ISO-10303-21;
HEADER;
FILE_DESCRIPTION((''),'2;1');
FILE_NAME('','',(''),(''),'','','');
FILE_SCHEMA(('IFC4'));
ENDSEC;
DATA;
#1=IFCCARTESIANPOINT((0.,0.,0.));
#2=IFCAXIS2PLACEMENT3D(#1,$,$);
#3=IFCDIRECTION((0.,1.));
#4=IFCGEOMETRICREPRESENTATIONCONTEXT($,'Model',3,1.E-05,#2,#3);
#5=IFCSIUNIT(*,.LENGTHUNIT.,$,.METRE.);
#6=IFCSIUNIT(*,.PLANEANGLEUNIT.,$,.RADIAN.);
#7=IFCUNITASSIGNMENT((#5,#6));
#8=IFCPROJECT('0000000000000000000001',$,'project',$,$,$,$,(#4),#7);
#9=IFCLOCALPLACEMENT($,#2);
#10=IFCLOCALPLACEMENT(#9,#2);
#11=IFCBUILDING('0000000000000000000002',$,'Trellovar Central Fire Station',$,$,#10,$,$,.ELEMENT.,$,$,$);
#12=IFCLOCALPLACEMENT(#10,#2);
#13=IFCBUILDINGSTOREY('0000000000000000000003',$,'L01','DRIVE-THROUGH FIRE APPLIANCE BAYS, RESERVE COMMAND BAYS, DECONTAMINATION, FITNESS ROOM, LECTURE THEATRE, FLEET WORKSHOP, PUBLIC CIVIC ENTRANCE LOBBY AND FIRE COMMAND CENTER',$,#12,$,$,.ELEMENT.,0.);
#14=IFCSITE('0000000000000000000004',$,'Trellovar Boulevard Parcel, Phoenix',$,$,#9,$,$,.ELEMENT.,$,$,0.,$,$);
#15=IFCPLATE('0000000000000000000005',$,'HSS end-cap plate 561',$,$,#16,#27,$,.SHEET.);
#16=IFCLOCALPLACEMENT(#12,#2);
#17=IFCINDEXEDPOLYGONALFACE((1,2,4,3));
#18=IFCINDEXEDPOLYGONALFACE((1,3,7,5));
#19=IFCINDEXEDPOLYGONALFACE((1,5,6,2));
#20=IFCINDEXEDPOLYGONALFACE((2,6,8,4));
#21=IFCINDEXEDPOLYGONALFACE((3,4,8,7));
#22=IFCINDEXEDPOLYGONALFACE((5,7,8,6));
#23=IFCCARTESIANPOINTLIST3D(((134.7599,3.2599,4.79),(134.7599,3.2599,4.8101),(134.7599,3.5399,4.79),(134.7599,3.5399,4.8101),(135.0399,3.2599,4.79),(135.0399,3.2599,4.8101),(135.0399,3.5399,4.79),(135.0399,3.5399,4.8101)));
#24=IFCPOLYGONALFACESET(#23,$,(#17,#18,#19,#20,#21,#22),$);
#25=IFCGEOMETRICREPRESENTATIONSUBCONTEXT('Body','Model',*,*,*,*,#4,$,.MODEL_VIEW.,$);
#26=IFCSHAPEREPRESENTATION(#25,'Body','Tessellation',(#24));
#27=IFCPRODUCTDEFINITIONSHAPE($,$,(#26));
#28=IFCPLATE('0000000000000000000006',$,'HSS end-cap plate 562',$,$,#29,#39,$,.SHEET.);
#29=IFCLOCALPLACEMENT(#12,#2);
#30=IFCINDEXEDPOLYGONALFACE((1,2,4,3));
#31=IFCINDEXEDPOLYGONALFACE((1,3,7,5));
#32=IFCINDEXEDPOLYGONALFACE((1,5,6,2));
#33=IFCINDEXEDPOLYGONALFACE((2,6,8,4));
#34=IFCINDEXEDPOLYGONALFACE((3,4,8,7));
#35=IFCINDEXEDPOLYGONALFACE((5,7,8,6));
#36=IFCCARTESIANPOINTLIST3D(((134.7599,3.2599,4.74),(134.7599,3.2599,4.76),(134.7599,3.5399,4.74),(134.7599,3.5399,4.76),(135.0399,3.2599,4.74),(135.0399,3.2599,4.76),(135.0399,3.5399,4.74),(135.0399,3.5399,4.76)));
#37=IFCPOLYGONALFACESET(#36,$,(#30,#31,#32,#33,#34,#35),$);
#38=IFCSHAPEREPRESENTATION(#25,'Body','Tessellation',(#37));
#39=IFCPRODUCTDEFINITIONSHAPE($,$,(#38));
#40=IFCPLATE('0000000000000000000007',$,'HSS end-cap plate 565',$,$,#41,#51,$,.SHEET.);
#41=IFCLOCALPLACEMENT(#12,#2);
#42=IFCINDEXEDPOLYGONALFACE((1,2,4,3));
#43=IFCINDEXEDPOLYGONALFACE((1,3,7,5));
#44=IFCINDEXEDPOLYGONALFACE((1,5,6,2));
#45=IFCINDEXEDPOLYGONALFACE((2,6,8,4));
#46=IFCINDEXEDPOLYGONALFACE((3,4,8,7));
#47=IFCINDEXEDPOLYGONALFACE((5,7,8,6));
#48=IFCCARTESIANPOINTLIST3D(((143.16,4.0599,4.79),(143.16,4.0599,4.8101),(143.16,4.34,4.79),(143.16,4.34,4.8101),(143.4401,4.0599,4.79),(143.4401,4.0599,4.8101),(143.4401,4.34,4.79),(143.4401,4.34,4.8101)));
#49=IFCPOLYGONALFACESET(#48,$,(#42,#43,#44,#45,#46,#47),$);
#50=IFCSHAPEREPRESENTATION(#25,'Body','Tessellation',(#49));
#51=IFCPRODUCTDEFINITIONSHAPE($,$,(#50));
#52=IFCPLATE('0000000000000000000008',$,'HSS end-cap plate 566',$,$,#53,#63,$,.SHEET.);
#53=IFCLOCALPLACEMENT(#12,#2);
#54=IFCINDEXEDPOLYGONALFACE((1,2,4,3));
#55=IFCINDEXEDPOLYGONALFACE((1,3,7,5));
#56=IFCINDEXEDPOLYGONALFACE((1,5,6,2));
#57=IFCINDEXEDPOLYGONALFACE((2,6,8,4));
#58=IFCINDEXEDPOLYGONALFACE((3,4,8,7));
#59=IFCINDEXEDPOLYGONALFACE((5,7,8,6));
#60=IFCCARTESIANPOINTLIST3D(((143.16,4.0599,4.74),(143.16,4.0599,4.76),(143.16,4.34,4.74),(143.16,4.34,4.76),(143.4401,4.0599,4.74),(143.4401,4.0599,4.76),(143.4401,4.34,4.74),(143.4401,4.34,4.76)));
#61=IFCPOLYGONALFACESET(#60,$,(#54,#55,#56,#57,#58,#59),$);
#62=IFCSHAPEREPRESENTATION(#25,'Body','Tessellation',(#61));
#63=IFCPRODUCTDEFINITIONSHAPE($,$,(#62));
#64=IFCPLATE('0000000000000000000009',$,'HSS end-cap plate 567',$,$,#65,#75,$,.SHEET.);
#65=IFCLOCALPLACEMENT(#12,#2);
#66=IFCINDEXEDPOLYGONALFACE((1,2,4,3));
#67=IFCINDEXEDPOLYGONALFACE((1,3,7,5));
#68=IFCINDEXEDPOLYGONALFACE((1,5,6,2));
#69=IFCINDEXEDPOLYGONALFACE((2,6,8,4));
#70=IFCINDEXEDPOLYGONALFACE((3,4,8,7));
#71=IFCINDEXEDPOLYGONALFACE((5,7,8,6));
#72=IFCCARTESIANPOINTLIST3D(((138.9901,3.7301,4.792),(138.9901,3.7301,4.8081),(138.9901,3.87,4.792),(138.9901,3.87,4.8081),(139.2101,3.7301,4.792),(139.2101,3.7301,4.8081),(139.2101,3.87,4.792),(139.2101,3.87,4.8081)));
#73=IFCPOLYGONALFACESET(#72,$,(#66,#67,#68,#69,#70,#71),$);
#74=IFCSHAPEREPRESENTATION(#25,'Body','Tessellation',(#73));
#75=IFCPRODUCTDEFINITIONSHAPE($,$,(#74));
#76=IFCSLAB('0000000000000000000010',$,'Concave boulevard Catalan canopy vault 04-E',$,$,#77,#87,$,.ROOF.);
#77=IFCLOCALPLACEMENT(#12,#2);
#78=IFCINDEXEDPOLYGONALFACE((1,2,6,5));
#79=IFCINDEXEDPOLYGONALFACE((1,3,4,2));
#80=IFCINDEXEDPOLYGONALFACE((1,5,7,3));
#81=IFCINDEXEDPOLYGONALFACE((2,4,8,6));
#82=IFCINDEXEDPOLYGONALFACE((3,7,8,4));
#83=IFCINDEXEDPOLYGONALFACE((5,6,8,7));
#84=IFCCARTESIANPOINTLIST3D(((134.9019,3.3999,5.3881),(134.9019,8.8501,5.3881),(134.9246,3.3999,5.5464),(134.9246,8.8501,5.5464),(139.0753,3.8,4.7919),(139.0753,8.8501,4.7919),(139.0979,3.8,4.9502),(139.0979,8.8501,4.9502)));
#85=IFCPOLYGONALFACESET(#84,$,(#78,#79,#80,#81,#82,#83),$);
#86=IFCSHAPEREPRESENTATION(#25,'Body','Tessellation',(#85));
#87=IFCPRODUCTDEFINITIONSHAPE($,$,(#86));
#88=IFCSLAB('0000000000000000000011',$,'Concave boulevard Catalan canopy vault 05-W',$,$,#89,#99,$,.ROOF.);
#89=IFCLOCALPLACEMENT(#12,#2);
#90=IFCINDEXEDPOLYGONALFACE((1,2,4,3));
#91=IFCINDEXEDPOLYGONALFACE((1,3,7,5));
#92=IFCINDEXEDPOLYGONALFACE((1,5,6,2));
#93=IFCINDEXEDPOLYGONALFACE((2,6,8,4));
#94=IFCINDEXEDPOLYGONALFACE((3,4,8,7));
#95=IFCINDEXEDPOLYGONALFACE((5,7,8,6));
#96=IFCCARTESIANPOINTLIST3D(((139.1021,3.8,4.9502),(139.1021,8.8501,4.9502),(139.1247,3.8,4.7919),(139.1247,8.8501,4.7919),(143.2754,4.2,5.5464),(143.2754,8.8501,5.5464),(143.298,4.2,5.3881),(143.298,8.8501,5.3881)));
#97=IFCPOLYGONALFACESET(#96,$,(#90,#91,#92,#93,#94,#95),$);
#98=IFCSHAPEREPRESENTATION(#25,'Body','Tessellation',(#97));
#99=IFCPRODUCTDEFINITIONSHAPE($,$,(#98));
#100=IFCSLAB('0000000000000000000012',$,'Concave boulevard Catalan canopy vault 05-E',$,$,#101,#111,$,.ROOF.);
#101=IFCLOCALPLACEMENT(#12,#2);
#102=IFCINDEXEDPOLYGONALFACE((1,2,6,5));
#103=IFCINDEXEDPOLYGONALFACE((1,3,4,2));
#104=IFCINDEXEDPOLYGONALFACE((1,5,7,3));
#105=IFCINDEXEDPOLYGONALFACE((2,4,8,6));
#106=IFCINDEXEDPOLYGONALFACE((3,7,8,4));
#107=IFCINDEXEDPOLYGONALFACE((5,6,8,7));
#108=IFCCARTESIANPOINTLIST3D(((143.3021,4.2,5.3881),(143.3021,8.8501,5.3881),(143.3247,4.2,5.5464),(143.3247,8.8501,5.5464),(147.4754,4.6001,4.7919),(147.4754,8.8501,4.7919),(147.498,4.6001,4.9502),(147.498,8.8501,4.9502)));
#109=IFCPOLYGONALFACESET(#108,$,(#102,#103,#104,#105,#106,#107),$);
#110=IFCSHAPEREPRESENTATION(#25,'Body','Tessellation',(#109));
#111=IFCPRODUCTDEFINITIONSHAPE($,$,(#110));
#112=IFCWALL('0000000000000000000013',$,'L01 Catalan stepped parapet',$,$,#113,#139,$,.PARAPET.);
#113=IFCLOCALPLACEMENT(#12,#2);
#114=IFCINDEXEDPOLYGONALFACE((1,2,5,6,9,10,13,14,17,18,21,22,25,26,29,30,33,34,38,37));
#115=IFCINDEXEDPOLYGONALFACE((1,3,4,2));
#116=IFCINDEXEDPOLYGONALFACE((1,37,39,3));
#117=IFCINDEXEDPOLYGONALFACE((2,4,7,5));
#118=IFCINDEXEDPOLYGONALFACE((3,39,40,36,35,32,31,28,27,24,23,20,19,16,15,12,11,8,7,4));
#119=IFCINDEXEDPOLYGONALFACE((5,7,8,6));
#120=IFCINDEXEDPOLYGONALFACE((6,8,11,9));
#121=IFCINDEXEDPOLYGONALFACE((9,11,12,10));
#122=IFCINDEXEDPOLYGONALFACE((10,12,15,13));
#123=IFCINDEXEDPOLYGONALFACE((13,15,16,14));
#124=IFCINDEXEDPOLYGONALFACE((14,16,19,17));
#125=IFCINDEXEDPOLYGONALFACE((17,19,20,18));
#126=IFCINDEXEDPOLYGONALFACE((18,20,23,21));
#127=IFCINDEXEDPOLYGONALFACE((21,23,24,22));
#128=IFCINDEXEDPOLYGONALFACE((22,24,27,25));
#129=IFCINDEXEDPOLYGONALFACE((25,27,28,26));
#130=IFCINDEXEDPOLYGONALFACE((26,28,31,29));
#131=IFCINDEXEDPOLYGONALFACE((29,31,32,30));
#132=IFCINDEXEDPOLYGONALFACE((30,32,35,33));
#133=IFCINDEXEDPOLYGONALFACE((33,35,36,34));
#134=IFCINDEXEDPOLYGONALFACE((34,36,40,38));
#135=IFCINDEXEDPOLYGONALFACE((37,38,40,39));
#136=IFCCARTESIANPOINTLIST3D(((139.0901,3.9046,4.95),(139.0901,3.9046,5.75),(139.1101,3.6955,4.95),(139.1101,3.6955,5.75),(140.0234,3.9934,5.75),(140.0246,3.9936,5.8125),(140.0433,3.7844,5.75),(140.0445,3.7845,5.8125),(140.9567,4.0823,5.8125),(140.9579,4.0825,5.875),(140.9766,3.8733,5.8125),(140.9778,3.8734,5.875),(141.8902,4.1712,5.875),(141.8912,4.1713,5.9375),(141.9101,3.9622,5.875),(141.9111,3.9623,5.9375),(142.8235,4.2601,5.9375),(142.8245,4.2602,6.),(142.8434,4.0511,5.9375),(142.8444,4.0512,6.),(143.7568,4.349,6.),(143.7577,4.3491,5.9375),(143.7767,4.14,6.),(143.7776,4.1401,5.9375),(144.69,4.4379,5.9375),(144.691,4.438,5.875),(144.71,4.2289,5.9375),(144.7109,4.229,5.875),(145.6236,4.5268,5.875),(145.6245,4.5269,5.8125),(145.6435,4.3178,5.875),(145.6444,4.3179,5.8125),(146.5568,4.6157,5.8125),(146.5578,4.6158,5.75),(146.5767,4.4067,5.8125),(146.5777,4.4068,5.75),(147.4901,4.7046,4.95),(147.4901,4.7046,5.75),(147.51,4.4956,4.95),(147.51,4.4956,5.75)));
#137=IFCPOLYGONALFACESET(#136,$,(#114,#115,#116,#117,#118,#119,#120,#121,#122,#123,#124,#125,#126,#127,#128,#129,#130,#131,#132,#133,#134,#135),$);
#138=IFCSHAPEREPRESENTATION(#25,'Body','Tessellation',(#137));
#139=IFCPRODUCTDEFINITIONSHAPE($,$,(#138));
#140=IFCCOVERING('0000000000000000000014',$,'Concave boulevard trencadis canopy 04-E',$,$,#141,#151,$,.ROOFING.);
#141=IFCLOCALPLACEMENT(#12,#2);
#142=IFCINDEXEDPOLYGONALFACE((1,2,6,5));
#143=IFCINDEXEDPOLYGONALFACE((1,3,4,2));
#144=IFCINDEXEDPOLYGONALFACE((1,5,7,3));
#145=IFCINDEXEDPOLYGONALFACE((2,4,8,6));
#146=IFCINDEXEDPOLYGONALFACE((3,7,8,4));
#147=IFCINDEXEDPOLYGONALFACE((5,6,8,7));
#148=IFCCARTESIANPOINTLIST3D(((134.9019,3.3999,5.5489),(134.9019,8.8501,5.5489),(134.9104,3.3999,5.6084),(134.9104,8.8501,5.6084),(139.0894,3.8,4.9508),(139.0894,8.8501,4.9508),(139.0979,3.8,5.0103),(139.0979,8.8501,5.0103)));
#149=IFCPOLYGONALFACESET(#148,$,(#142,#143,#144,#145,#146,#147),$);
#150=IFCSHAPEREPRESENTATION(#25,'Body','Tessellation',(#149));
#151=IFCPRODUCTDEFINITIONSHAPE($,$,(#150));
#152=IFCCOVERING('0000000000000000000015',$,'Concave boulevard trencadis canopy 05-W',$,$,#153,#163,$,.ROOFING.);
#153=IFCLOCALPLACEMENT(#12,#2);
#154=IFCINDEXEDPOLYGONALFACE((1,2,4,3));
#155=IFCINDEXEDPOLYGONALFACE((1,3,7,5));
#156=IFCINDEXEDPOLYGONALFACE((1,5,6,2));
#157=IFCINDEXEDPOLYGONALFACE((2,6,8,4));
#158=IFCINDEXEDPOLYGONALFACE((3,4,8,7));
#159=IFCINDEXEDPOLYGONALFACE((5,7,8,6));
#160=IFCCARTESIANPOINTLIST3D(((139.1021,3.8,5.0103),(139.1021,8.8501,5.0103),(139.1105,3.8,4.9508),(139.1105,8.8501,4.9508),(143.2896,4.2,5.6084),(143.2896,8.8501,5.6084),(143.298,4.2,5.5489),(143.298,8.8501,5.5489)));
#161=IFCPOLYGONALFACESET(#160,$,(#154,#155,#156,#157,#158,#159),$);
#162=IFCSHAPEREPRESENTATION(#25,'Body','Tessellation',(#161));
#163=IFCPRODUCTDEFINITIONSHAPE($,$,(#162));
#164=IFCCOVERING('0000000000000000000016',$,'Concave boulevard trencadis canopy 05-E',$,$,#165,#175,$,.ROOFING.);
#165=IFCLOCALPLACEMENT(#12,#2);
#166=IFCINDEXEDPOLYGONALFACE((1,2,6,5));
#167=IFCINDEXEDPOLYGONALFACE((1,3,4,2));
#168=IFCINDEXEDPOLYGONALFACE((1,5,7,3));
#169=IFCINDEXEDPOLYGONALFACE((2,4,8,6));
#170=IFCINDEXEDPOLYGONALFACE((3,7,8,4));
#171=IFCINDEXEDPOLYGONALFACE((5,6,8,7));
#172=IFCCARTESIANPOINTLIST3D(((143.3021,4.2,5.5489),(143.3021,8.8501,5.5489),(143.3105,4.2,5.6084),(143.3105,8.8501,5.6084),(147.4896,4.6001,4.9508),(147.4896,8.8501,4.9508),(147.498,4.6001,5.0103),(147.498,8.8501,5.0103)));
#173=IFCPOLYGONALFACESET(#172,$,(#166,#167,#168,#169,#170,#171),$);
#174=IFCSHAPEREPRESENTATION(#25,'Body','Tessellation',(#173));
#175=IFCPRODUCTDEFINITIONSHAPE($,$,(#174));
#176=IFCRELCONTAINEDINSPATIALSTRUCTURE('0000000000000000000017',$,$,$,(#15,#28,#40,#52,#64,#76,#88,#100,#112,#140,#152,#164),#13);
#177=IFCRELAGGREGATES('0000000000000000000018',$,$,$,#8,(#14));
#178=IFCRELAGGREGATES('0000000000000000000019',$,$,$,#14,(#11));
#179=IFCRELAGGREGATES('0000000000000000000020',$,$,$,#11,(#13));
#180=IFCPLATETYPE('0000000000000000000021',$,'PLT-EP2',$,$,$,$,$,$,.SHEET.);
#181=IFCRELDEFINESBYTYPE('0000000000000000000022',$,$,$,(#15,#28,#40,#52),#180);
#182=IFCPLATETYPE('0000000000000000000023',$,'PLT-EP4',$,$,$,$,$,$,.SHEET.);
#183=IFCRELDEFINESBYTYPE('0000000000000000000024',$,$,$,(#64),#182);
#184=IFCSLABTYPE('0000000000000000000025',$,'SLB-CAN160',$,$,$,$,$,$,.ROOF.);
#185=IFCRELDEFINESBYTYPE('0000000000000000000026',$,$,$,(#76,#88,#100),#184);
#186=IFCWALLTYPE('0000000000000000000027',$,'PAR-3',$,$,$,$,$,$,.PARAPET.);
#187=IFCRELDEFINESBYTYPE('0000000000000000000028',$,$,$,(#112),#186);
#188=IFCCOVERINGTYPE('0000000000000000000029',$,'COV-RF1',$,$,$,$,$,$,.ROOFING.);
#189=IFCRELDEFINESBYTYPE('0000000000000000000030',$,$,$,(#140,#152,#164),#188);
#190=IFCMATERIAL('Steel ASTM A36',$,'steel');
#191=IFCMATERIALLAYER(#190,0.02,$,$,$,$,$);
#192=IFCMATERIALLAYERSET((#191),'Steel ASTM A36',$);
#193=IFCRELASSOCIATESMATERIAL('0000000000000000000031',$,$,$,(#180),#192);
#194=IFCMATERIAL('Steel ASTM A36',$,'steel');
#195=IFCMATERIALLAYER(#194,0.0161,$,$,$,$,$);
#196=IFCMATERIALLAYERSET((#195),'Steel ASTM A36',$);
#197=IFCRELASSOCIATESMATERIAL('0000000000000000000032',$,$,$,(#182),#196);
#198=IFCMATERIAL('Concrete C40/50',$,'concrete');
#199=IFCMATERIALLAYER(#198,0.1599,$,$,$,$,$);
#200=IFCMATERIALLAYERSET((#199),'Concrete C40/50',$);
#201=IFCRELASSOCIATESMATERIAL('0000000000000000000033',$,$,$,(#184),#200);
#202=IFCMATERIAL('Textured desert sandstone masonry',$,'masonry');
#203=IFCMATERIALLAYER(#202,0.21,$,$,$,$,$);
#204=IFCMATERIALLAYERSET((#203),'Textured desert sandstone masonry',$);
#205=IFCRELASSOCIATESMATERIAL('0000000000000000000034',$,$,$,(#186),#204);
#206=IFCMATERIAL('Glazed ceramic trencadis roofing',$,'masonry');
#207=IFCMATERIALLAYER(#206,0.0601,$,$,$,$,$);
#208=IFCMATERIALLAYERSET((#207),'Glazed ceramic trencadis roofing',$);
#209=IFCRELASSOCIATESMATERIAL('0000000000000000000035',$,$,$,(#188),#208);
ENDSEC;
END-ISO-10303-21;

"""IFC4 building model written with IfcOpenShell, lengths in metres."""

from ifc_helpers import new_model, si_unit, direction, frame, origin, origin_2d, place, context, subcontext, project, spatial, polyline, rectangle, outline, extrude, material, layer, layer_set, type_object, element, save


model = new_model("IFC4")

# Units and contexts
model_context = context("Model", 3, precision=1e-05, world=origin(), true_north=direction((0.0, 1.0)))
body_context = subcontext(model_context, "Body", "Model", "MODEL_VIEW")
ifc_project = project(units=[si_unit("LENGTHUNIT", "METRE"), si_unit("PLANEANGLEUNIT", "RADIAN")], contexts=[model_context])

# Site, building, storey
site_placement = place(None, origin())
site = spatial("IfcSite", under=ifc_project, at=site_placement, Name="Trellovar Boulevard Parcel, Phoenix", CompositionType="ELEMENT", RefElevation=0.0)
building_placement = place(site_placement, origin())
building = spatial("IfcBuilding", under=site, at=building_placement, Name="Trellovar Central Fire Station", CompositionType="ELEMENT")
storey_placement = place(building_placement, origin())
storey = spatial("IfcBuildingStorey", under=building, at=storey_placement, Name="L01", Description="DRIVE-THROUGH FIRE APPLIANCE BAYS, RESERVE COMMAND BAYS, DECONTAMINATION, FITNESS ROOM, LECTURE THEATRE, FLEET WORKSHOP, PUBLIC CIVIC ENTRANCE LOBBY AND FIRE COMMAND CENTER", CompositionType="ELEMENT", Elevation=0.0)

# Plates
ifc_material_1 = material(Name="Steel ASTM A36", Category="steel")
ifc_layer_1 = layer(ifc_material_1, 0.02)
ifc_layer_set_1 = layer_set([ifc_layer_1], Name="Steel ASTM A36")
plate_type_1 = type_object("IfcPlateType", Name="PLT-EP2", PredefinedType="SHEET", material=ifc_layer_set_1)
for number, where, z_axis, x_axis, name in (
    (1, (134.8999, 3.3999, 4.79), (0.0, 0.0, 1.0), (1.0, 0.0, 0.0), "HSS end-cap plate 561"),
    (2, (134.8999, 3.3999, 4.74), (0.0, 0.0, 1.0), (1.0, 0.0, 0.0), "HSS end-cap plate 562"),
    (3, (143.3, 4.2, 4.79), (0.0, 0.0, 1.0), (1.0, 0.0, 0.0), "HSS end-cap plate 565"),
    (4, (143.3, 4.2, 4.74), (0.0, 0.0, 1.0), (1.0, 0.0, 0.0), "HSS end-cap plate 566"),
):
    element("IfcPlate", number, at=place(storey_placement, frame(where, z_axis=z_axis, x_axis=x_axis)), inside=storey, type_object=plate_type_1, Name=name, PredefinedType="SHEET", context=body_context, shape_type="SweptSolid", body=[
        extrude(rectangle(XDim=0.28, YDim=0.28, at=origin_2d()), origin(), (0.0, 0.0, 1.0), 0.02),
    ])
ifc_material_2 = material(Name="Steel ASTM A36", Category="steel")
ifc_layer_2 = layer(ifc_material_2, 0.0161)
ifc_layer_set_2 = layer_set([ifc_layer_2], Name="Steel ASTM A36")
plate_type_2 = type_object("IfcPlateType", Name="PLT-EP4", PredefinedType="SHEET", material=ifc_layer_set_2)
plate_placement = place(storey_placement, frame((139.1001, 3.8, 4.792), z_axis=(0.0, 0.0, 1.0), x_axis=(1.0, 0.0, 0.0)))
element("IfcPlate", 5, at=plate_placement, inside=storey, type_object=plate_type_2, Name="HSS end-cap plate 567", PredefinedType="SHEET", context=body_context, shape_type="SweptSolid", body=[
    extrude(rectangle(XDim=0.22, YDim=0.1399, at=origin_2d()), origin(), (0.0, 0.0, 1.0), 0.0161),
])

# Slabs
ifc_material_3 = material(Name="Concrete C40/50", Category="concrete")
ifc_layer_3 = layer(ifc_material_3, 0.1599)
ifc_layer_set_3 = layer_set([ifc_layer_3], Name="Concrete C40/50")
slab_type = type_object("IfcSlabType", Name="SLB-CAN160", PredefinedType="ROOF", material=ifc_layer_set_3)
slab_1_placement = place(storey_placement, frame((134.9246, 3.3999, 5.5464), z_axis=(0.141421, 0.0, 0.989949), x_axis=(0.98552, 0.094493, -0.140789)))
element("IfcSlab", 6, at=slab_1_placement, inside=storey, type_object=slab_type, Name="Concave boulevard Catalan canopy vault 04-E", PredefinedType="ROOF", context=body_context, shape_type="SweptSolid", body=[
    extrude(outline(polyline([(0.0, 0.0), (4.2347, 0.0), (4.7119, 5.0275), (0.515, 5.4258), (0.0, 0.0)])), origin(), (0.0, 0.0, -1.0), 0.1599),
])
slab_2_placement = place(storey_placement, frame((139.1021, 3.8, 4.9502), z_axis=(-0.141421, 0.0, 0.989949), x_axis=(0.985525, 0.094436, 0.140789)))
element("IfcSlab", 7, at=slab_2_placement, inside=storey, type_object=slab_type, Name="Concave boulevard Catalan canopy vault 05-W", PredefinedType="ROOF", context=body_context, shape_type="SweptSolid", body=[
    extrude(outline(polyline([(0.0, 0.0), (4.2346, 0.0), (4.6738, 4.6294), (0.4769, 5.0275), (0.0, 0.0)])), origin(), (0.0, 0.0, -1.0), 0.1599),
])
slab_3_placement = place(storey_placement, frame((143.3247, 4.2, 5.5464), z_axis=(0.141421, 0.0, 0.989949), x_axis=(0.98552, 0.094493, -0.140789)))
element("IfcSlab", 8, at=slab_3_placement, inside=storey, type_object=slab_type, Name="Concave boulevard Catalan canopy vault 05-E", PredefinedType="ROOF", context=body_context, shape_type="SweptSolid", body=[
    extrude(outline(polyline([(0.0, 0.0), (4.2347, 0.0), (4.6363, 4.231), (0.4394, 4.6293), (0.0, 0.0)])), origin(), (0.0, 0.0, -1.0), 0.1599),
])

# Wall
ifc_material_4 = material(Name="Textured desert sandstone masonry", Category="masonry")
ifc_layer_4 = layer(ifc_material_4, 0.21)
ifc_layer_set_4 = layer_set([ifc_layer_4], Name="Textured desert sandstone masonry")
wall_type = type_object("IfcWallType", Name="PAR-3", PredefinedType="PARAPET", material=ifc_layer_set_4)
wall_placement = place(storey_placement, frame((139.1001, 3.8, 4.95), z_axis=(0.0, 0.0, 1.0), x_axis=(0.995495, 0.094816, 0.0)))
element("IfcWall", 9, at=wall_placement, inside=storey, type_object=wall_type, Name="L01 Catalan stepped parapet", PredefinedType="PARAPET", context=body_context, shape_type="SweptSolid", body=[
    extrude(outline(polyline([(0.0, 0.0), (8.438, 0.0), (8.438, 0.8), (7.5015, 0.8), (7.5005, 0.8625), (6.564, 0.8625), (6.563, 0.925), (5.6262, 0.925), (5.6252, 0.9875), (4.6887, 0.9875), (4.6877, 1.05), (3.7512, 1.05), (3.7502, 0.9875), (2.8137, 0.9875), (2.8127, 0.925), (1.8762, 0.925), (1.875, 0.8625), (0.9387, 0.8625), (0.9375, 0.8), (0.0, 0.8), (0.0, 0.0)])), frame((0.0, 0.105, 0.0), z_axis=(0.0, -1.0, 0.0), x_axis=(1.0, 0.0, 0.0)), (0.0, 0.0, 1.0), 0.21),
])

# Coverings
ifc_material_5 = material(Name="Glazed ceramic trencadis roofing", Category="masonry")
ifc_layer_5 = layer(ifc_material_5, 0.0601)
ifc_layer_set_5 = layer_set([ifc_layer_5], Name="Glazed ceramic trencadis roofing")
covering_type = type_object("IfcCoveringType", Name="COV-RF1", PredefinedType="ROOFING", material=ifc_layer_set_5)
covering_1_placement = place(storey_placement, frame((134.9104, 3.3999, 5.6084), z_axis=(0.141405, 0.0, 0.989952), x_axis=(0.985552, 0.094177, -0.140777)))
element("IfcCovering", 10, at=covering_1_placement, inside=storey, type_object=covering_type, Name="Concave boulevard trencadis canopy 04-E", PredefinedType="ROOFING", context=body_context, shape_type="SweptSolid", body=[
    extrude(outline(polyline([(0.0, 0.0), (4.2489, 0.0), (4.7245, 5.0276), (0.5133, 5.426), (0.0, 0.0)])), origin(), (0.0, 0.0, -1.0), 0.0601),
])
covering_2_placement = place(storey_placement, frame((139.1021, 3.8, 5.0103), z_axis=(-0.141405, 0.0, 0.989952), x_axis=(0.985557, 0.09412, 0.140777)))
element("IfcCovering", 11, at=covering_2_placement, inside=storey, type_object=covering_type, Name="Concave boulevard trencadis canopy 05-W", PredefinedType="ROOFING", context=body_context, shape_type="SweptSolid", body=[
    extrude(outline(polyline([(0.0, 0.0), (4.2489, 0.0), (4.6865, 4.6295), (0.4753, 5.0276), (0.0, 0.0)])), origin(), (0.0, 0.0, -1.0), 0.0601),
])
covering_3_placement = place(storey_placement, frame((143.3105, 4.2, 5.6084), z_axis=(0.141405, 0.0, 0.989952), x_axis=(0.985552, 0.094177, -0.140777)))
element("IfcCovering", 12, at=covering_3_placement, inside=storey, type_object=covering_type, Name="Concave boulevard trencadis canopy 05-E", PredefinedType="ROOFING", context=body_context, shape_type="SweptSolid", body=[
    extrude(outline(polyline([(0.0, 0.0), (4.2489, 0.0), (4.6491, 4.2311), (0.4379, 4.6295), (0.0, 0.0)])), origin(), (0.0, 0.0, -1.0), 0.0601),
])

save(model, "model.ifc")
